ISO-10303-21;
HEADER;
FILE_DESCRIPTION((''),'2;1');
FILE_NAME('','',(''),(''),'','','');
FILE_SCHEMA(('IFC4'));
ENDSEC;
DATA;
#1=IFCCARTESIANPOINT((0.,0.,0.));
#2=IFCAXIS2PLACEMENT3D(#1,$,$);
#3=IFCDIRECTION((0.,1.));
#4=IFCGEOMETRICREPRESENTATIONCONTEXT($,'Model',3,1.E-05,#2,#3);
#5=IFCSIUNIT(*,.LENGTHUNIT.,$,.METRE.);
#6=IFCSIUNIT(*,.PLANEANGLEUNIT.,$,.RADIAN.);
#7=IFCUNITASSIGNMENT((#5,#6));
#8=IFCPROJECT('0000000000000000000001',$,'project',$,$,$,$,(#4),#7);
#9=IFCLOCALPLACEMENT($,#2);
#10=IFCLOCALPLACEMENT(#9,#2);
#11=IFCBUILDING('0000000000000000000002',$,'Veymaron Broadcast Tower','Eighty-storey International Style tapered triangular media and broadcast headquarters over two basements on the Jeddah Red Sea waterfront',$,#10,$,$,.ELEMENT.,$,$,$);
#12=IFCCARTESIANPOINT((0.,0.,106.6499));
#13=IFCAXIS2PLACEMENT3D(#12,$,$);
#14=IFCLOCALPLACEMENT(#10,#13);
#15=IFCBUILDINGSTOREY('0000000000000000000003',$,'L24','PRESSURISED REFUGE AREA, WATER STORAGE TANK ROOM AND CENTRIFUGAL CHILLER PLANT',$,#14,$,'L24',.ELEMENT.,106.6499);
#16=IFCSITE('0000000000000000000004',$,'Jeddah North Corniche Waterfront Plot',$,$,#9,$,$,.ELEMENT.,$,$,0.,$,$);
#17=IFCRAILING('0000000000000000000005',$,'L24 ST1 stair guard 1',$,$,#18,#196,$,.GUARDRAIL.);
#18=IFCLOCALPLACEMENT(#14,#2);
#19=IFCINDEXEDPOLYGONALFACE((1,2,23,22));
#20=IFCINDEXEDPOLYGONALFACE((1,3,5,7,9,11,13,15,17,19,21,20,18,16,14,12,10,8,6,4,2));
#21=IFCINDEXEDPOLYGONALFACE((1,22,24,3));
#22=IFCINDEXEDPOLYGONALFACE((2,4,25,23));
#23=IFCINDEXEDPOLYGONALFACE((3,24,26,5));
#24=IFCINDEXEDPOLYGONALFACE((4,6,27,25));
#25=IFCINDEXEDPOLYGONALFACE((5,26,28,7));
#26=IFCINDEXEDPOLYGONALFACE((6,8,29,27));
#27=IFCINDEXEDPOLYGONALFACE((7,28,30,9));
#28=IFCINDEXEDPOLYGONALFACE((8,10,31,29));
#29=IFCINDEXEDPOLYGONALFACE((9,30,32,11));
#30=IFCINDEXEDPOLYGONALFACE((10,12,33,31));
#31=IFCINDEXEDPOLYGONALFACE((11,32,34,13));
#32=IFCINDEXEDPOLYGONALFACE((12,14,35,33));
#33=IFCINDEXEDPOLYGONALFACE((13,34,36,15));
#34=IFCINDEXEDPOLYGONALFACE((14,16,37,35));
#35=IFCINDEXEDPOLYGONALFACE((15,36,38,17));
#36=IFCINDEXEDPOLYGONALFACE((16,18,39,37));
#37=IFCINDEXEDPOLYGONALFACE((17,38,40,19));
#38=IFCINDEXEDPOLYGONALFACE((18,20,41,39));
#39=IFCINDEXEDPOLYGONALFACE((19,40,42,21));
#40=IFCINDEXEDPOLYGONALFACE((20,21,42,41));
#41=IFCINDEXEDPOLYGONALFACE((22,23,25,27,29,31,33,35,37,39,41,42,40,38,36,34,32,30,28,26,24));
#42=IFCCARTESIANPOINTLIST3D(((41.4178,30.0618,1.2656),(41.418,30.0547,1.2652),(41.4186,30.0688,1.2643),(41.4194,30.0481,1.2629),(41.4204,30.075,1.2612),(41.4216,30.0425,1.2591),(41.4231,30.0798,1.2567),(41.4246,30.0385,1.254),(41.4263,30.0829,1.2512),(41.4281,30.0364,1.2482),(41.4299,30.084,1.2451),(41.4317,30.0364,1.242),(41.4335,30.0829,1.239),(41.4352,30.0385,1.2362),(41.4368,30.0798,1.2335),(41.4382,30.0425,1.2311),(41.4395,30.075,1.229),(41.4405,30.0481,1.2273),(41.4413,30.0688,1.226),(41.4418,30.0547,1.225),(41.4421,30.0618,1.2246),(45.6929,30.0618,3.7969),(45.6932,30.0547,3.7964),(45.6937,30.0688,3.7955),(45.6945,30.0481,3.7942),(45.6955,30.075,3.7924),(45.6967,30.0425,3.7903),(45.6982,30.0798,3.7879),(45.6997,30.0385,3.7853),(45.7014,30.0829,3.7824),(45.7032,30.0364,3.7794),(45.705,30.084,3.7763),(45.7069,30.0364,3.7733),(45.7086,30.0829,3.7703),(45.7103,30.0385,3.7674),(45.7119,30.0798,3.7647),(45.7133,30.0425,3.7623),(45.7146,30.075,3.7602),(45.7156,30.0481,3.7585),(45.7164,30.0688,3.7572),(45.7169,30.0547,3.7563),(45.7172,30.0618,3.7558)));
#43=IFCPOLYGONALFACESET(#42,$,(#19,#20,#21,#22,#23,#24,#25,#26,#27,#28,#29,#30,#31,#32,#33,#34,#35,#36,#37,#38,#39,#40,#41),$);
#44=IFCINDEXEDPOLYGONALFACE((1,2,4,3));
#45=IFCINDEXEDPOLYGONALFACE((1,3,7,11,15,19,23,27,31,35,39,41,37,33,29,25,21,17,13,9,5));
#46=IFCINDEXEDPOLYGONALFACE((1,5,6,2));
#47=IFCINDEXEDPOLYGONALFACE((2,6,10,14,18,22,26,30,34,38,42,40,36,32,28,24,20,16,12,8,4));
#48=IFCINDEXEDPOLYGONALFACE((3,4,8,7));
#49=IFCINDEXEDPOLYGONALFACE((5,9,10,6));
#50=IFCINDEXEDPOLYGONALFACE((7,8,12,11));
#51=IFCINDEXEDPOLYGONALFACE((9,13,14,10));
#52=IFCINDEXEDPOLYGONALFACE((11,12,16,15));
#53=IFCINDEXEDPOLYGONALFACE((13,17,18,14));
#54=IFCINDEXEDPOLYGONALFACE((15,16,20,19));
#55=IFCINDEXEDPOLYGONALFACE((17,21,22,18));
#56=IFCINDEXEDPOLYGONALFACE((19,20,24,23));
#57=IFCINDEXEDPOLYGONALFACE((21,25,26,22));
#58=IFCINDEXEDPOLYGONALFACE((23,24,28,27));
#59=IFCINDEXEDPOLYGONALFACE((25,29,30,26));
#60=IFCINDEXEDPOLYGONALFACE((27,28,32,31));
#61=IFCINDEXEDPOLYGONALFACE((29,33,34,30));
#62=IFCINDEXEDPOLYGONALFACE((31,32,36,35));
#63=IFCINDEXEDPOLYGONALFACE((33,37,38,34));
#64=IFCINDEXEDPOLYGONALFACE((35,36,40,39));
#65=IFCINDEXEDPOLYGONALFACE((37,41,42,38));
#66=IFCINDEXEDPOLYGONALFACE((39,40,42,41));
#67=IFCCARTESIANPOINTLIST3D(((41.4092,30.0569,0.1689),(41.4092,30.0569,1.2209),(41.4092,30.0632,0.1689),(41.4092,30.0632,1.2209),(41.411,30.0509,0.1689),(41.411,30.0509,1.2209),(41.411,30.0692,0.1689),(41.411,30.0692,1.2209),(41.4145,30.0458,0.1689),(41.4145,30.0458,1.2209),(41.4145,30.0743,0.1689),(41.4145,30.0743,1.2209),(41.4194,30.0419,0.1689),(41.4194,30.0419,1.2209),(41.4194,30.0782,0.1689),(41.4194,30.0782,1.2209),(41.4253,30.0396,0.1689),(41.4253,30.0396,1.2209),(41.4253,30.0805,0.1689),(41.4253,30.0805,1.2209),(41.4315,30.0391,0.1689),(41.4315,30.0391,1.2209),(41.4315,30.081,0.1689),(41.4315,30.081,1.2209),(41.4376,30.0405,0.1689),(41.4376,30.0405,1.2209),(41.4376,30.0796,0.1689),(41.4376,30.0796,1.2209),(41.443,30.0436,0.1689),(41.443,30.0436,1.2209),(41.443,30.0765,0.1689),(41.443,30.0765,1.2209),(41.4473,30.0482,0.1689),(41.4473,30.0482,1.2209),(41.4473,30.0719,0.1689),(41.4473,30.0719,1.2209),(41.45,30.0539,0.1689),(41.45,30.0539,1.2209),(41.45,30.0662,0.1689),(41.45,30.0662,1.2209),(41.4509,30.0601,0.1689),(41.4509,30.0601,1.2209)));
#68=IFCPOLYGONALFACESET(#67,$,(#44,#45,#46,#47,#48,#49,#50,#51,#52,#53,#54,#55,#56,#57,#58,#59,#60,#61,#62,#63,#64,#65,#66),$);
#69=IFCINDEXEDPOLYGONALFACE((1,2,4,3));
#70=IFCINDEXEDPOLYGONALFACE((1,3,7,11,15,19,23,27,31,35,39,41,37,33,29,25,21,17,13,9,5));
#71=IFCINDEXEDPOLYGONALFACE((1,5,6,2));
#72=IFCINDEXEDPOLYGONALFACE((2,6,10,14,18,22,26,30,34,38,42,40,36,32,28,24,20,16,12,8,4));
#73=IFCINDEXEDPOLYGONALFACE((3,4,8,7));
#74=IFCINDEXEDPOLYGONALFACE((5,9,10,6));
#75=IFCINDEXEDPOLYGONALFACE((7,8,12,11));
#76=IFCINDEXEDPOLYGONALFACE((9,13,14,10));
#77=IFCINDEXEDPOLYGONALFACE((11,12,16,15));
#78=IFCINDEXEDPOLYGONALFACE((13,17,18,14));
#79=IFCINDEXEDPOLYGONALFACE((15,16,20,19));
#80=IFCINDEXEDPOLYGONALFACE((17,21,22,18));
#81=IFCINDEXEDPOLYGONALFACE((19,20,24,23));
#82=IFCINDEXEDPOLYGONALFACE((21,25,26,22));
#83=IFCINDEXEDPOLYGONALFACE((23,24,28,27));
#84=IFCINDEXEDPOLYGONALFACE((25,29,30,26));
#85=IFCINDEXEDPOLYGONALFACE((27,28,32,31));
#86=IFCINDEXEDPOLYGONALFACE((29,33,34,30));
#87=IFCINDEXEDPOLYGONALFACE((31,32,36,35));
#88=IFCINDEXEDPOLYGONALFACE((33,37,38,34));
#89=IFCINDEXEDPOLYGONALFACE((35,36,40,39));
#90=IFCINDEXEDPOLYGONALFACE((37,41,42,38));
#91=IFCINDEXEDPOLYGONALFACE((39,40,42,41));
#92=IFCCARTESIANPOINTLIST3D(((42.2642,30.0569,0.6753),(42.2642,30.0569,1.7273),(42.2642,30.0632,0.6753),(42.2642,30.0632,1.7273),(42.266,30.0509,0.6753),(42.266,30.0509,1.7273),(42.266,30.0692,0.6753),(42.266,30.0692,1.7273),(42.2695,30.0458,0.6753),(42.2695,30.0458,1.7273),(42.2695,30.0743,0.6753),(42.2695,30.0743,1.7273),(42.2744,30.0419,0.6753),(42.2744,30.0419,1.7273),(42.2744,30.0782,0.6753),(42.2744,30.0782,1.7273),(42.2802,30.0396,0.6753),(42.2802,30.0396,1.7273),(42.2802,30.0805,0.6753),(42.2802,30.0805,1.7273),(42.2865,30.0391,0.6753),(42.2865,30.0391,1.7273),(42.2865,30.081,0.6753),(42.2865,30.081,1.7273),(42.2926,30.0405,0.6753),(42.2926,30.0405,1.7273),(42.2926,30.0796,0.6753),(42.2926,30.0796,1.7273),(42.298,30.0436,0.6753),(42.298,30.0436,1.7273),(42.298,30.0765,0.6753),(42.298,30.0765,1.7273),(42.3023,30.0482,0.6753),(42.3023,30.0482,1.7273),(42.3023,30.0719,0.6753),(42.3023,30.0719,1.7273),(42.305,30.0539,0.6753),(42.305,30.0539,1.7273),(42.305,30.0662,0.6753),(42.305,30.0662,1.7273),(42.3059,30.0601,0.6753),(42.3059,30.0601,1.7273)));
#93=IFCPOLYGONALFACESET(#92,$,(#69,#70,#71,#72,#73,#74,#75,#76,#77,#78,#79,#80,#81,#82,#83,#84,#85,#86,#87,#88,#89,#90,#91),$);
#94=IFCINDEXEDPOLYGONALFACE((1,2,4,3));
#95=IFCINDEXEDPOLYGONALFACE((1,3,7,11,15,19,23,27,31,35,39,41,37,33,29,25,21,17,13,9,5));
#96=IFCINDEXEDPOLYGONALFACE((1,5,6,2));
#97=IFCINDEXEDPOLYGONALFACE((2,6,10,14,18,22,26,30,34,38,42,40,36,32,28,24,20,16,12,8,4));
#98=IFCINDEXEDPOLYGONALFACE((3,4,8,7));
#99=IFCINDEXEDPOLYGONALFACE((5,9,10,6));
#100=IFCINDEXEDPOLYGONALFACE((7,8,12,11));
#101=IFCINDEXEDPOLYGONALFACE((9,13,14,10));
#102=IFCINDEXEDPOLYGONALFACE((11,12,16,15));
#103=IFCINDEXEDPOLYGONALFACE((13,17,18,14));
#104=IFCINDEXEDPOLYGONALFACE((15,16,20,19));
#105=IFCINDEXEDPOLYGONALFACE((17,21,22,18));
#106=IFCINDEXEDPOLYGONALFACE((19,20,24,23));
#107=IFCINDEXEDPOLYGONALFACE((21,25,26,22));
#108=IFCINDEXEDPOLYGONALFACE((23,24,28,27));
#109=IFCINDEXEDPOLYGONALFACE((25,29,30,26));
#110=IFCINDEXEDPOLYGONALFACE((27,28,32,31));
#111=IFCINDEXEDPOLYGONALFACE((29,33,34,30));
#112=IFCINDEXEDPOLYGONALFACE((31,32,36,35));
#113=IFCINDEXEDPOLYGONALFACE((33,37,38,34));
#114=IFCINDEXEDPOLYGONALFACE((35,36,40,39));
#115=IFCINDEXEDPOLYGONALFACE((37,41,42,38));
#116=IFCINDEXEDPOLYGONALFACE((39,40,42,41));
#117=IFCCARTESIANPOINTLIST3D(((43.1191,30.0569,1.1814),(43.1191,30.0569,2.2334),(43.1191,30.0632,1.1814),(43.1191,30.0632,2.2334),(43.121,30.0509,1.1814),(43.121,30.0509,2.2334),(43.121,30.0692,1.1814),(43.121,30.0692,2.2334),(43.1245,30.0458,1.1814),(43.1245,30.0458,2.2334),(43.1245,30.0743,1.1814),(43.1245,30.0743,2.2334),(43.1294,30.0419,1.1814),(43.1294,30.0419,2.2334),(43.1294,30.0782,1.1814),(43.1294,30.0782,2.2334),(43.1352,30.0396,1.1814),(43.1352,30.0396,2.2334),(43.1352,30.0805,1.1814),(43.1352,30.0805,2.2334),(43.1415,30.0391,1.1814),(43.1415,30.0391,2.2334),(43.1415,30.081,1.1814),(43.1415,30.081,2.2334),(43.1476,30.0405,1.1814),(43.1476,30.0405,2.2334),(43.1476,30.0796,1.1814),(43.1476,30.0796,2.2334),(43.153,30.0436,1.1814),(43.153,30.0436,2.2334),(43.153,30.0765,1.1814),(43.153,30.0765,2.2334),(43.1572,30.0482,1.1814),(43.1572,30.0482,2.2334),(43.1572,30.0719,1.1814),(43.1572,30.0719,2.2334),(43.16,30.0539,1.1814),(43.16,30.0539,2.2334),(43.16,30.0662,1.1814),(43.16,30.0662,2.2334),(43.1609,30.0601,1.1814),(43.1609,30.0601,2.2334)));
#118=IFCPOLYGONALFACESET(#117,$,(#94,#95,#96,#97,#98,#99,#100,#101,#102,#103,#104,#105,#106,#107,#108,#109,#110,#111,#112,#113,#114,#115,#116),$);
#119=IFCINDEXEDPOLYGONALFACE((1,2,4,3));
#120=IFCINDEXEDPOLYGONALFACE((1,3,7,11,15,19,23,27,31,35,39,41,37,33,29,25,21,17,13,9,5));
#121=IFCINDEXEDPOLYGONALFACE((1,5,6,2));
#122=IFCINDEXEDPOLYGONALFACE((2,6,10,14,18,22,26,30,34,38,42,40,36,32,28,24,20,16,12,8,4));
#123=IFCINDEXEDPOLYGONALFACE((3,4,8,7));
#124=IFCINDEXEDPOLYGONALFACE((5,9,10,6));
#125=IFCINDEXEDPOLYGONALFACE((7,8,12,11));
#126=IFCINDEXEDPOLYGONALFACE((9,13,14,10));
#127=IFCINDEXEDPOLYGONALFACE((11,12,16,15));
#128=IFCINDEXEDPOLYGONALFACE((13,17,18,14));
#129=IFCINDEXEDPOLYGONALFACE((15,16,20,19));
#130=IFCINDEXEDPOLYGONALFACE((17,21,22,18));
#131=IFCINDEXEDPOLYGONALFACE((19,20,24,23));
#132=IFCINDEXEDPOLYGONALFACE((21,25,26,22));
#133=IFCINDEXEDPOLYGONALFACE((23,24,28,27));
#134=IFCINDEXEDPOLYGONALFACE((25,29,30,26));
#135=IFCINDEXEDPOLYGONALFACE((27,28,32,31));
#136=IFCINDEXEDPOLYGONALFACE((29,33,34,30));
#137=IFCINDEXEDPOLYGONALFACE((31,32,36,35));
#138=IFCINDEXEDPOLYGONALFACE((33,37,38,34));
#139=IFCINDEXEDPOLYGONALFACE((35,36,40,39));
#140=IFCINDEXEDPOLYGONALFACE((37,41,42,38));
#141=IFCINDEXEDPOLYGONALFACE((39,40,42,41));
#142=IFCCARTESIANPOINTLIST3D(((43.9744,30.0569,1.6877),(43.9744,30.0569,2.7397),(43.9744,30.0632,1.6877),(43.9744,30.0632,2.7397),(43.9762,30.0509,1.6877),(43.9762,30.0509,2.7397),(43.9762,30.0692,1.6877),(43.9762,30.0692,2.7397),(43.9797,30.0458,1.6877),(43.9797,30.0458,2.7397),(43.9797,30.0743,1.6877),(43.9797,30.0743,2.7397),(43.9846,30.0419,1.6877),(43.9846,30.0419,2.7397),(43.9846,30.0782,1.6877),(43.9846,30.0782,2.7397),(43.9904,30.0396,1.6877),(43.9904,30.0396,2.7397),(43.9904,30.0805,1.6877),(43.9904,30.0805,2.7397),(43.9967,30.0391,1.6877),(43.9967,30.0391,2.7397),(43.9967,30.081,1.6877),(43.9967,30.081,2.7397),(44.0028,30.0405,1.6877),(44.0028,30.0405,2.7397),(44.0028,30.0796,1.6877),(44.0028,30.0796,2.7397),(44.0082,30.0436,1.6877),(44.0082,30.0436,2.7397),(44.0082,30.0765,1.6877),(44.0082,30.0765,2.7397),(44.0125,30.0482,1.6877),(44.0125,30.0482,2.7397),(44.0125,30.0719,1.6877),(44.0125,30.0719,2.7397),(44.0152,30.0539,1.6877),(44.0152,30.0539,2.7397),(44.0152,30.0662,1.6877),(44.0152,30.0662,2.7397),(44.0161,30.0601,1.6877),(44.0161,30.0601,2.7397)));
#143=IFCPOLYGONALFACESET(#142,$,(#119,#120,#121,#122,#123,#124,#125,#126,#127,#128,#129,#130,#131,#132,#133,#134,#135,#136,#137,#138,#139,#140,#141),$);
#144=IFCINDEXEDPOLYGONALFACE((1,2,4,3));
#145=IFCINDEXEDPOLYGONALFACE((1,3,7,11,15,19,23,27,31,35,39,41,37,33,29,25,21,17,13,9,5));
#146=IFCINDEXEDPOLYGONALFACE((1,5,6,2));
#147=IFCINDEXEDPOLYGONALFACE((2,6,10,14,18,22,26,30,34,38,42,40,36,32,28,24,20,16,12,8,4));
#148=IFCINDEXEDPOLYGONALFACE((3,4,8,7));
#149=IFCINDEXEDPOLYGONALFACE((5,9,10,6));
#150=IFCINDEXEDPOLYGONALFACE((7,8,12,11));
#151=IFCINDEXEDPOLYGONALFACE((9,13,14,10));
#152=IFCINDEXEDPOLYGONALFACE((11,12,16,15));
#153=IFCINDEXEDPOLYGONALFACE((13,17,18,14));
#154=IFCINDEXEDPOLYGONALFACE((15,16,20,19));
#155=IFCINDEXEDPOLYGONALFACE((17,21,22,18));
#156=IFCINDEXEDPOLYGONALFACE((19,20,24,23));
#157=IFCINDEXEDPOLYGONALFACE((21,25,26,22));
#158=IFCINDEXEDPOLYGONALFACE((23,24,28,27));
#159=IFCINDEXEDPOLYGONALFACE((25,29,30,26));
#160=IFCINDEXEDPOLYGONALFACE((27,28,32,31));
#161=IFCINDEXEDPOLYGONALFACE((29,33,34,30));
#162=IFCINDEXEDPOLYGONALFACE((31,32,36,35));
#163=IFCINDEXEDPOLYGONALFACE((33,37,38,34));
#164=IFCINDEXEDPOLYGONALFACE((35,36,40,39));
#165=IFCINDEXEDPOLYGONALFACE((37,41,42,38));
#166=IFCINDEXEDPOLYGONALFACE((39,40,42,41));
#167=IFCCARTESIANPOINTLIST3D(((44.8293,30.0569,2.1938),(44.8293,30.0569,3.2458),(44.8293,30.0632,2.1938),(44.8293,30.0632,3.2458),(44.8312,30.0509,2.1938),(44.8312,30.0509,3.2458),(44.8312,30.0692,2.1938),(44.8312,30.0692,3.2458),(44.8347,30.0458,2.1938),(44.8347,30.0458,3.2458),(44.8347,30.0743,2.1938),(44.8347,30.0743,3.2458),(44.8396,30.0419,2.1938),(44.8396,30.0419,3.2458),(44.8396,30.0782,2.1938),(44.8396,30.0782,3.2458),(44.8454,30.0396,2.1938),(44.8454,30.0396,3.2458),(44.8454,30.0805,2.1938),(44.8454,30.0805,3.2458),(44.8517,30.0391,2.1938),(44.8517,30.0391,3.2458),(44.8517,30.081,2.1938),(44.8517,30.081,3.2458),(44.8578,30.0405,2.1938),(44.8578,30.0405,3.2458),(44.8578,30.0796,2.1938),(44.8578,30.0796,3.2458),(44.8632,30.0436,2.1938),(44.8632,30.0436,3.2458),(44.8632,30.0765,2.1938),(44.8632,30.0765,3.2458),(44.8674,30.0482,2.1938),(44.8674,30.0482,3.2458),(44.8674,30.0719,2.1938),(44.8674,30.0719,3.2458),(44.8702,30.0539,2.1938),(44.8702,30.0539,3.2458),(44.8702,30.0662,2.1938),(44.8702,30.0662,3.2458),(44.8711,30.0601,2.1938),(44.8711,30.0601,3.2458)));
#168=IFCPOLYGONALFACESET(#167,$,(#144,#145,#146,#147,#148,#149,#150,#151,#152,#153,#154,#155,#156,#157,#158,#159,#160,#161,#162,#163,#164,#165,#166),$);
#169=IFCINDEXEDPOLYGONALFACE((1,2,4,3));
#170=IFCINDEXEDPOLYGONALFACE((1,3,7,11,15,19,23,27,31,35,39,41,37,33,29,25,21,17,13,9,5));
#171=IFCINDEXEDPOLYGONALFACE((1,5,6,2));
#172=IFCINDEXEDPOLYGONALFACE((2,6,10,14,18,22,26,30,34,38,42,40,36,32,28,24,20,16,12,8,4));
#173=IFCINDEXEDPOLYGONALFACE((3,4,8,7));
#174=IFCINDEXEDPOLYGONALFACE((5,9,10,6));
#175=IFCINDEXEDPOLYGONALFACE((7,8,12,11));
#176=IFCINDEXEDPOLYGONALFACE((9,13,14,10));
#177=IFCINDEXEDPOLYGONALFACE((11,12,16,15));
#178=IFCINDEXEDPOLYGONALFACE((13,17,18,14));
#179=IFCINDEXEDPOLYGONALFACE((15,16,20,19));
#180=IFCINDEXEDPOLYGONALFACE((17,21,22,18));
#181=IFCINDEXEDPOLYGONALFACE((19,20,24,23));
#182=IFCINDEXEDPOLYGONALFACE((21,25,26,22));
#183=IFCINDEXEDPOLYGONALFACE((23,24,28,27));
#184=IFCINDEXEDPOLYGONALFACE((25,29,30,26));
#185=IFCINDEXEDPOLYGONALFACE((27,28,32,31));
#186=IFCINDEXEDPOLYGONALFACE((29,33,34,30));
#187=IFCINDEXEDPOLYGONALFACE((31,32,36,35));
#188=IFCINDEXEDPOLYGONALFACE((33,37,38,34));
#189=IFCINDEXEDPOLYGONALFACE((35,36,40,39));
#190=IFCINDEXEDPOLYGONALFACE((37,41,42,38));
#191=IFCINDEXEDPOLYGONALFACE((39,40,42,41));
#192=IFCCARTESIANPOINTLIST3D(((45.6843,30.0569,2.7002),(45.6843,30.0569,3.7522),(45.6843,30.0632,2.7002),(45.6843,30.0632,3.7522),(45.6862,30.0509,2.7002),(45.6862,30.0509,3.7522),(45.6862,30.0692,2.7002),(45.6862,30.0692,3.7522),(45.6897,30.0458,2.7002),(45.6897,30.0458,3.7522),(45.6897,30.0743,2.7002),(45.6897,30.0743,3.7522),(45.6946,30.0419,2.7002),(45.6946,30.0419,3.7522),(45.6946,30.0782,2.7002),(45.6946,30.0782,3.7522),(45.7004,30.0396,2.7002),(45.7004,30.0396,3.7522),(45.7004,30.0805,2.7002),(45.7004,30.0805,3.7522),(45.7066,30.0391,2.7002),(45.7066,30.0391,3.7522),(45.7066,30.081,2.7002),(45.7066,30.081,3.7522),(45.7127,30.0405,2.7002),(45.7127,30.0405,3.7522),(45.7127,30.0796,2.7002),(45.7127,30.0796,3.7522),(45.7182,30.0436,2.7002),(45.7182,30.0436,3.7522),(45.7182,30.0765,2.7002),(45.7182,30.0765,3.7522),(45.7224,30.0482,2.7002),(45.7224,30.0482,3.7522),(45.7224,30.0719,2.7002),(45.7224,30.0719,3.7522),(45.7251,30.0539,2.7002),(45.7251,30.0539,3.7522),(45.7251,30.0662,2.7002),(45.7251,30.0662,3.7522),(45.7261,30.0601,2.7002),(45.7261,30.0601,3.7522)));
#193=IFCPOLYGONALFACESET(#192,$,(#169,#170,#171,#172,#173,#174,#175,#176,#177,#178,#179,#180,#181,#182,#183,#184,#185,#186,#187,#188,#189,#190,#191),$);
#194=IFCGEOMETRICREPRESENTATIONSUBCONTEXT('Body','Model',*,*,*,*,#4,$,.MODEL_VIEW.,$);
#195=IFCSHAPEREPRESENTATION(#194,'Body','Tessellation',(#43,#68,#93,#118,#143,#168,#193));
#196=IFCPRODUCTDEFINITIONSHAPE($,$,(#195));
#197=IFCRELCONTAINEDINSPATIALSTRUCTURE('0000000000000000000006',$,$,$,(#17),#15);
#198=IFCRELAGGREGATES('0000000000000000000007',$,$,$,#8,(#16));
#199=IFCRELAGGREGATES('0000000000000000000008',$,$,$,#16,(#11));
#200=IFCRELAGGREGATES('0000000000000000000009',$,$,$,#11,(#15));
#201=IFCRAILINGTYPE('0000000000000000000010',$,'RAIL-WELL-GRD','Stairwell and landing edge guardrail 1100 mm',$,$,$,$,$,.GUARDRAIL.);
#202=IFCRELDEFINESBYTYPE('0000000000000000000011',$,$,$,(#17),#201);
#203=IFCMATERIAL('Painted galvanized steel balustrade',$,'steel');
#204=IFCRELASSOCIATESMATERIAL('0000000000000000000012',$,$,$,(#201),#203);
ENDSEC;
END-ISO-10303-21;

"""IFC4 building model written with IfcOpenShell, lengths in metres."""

from ifc_helpers import new_model, si_unit, direction, frame, origin, origin_2d, place, context, subcontext, project, spatial, circle, extrude, material, type_object, element, save


model = new_model("IFC4")

# Units and contexts
model_context = context("Model", 3, precision=1e-05, world=origin(), true_north=direction((0.0, 1.0)))
body_context = subcontext(model_context, "Body", "Model", "MODEL_VIEW")
ifc_project = project(units=[si_unit("LENGTHUNIT", "METRE"), si_unit("PLANEANGLEUNIT", "RADIAN")], contexts=[model_context])

# Site, building, storey
site_placement = place(None, origin())
site = spatial("IfcSite", under=ifc_project, at=site_placement, Name="Jeddah North Corniche Waterfront Plot", CompositionType="ELEMENT", RefElevation=0.0)
building_placement = place(site_placement, origin())
building = spatial("IfcBuilding", under=site, at=building_placement, Name="Veymaron Broadcast Tower", Description="Eighty-storey International Style tapered triangular media and broadcast headquarters over two basements on the Jeddah Red Sea waterfront", CompositionType="ELEMENT")
storey_placement = place(building_placement, frame((0.0, 0.0, 106.6499)))
storey = spatial("IfcBuildingStorey", under=building, at=storey_placement, Name="L24", Description="PRESSURISED REFUGE AREA, WATER STORAGE TANK ROOM AND CENTRIFUGAL CHILLER PLANT", LongName="L24", CompositionType="ELEMENT", Elevation=106.6499)

# Railing
ifc_material_1 = material(Name="Painted galvanized steel balustrade", Category="steel")
railing_type_1 = type_object("IfcRailingType", Name="RAIL-WELL-GRD", Description="Stairwell and landing edge guardrail 1100 mm", PredefinedType="GUARDRAIL", material=ifc_material_1)
railing_1_placement = place(storey_placement, frame((41.4299, 30.0601, 0.1689)))
element("IfcRailing", 1, at=railing_1_placement, inside=storey, type_object=railing_type_1, Name="L24 ST1 stair guard 1", PredefinedType="GUARDRAIL", context=body_context, shape_type="SweptSolid", body=[
    extrude(circle(Radius=0.0239, at=origin_2d()), frame((0.0, 0.0, 1.0762), z_axis=(0.860483, 0.0, 0.509479), x_axis=(0.0, 1.0, 0.0)), (0.0, 0.0, 1.0), 4.9683),
    extrude(circle(Radius=0.021, at=origin_2d()), origin(), (0.0, 0.0, 1.0), 1.052),
    extrude(circle(Radius=0.021, at=origin_2d()), frame((0.855, 0.0, 0.5063)), (0.0, 0.0, 1.0), 1.052),
    extrude(circle(Radius=0.021, at=origin_2d()), frame((1.71, 0.0, 1.0125)), (0.0, 0.0, 1.0), 1.052),
    extrude(circle(Radius=0.021, at=origin_2d()), frame((2.5652, 0.0, 1.5188)), (0.0, 0.0, 1.0), 1.052),
    extrude(circle(Radius=0.021, at=origin_2d()), frame((3.4202, 0.0, 2.0249)), (0.0, 0.0, 1.0), 1.052),
    extrude(circle(Radius=0.021, at=origin_2d()), frame((4.2751, 0.0, 2.5312)), (0.0, 0.0, 1.0), 1.052),
])

save(model, "model.ifc")
